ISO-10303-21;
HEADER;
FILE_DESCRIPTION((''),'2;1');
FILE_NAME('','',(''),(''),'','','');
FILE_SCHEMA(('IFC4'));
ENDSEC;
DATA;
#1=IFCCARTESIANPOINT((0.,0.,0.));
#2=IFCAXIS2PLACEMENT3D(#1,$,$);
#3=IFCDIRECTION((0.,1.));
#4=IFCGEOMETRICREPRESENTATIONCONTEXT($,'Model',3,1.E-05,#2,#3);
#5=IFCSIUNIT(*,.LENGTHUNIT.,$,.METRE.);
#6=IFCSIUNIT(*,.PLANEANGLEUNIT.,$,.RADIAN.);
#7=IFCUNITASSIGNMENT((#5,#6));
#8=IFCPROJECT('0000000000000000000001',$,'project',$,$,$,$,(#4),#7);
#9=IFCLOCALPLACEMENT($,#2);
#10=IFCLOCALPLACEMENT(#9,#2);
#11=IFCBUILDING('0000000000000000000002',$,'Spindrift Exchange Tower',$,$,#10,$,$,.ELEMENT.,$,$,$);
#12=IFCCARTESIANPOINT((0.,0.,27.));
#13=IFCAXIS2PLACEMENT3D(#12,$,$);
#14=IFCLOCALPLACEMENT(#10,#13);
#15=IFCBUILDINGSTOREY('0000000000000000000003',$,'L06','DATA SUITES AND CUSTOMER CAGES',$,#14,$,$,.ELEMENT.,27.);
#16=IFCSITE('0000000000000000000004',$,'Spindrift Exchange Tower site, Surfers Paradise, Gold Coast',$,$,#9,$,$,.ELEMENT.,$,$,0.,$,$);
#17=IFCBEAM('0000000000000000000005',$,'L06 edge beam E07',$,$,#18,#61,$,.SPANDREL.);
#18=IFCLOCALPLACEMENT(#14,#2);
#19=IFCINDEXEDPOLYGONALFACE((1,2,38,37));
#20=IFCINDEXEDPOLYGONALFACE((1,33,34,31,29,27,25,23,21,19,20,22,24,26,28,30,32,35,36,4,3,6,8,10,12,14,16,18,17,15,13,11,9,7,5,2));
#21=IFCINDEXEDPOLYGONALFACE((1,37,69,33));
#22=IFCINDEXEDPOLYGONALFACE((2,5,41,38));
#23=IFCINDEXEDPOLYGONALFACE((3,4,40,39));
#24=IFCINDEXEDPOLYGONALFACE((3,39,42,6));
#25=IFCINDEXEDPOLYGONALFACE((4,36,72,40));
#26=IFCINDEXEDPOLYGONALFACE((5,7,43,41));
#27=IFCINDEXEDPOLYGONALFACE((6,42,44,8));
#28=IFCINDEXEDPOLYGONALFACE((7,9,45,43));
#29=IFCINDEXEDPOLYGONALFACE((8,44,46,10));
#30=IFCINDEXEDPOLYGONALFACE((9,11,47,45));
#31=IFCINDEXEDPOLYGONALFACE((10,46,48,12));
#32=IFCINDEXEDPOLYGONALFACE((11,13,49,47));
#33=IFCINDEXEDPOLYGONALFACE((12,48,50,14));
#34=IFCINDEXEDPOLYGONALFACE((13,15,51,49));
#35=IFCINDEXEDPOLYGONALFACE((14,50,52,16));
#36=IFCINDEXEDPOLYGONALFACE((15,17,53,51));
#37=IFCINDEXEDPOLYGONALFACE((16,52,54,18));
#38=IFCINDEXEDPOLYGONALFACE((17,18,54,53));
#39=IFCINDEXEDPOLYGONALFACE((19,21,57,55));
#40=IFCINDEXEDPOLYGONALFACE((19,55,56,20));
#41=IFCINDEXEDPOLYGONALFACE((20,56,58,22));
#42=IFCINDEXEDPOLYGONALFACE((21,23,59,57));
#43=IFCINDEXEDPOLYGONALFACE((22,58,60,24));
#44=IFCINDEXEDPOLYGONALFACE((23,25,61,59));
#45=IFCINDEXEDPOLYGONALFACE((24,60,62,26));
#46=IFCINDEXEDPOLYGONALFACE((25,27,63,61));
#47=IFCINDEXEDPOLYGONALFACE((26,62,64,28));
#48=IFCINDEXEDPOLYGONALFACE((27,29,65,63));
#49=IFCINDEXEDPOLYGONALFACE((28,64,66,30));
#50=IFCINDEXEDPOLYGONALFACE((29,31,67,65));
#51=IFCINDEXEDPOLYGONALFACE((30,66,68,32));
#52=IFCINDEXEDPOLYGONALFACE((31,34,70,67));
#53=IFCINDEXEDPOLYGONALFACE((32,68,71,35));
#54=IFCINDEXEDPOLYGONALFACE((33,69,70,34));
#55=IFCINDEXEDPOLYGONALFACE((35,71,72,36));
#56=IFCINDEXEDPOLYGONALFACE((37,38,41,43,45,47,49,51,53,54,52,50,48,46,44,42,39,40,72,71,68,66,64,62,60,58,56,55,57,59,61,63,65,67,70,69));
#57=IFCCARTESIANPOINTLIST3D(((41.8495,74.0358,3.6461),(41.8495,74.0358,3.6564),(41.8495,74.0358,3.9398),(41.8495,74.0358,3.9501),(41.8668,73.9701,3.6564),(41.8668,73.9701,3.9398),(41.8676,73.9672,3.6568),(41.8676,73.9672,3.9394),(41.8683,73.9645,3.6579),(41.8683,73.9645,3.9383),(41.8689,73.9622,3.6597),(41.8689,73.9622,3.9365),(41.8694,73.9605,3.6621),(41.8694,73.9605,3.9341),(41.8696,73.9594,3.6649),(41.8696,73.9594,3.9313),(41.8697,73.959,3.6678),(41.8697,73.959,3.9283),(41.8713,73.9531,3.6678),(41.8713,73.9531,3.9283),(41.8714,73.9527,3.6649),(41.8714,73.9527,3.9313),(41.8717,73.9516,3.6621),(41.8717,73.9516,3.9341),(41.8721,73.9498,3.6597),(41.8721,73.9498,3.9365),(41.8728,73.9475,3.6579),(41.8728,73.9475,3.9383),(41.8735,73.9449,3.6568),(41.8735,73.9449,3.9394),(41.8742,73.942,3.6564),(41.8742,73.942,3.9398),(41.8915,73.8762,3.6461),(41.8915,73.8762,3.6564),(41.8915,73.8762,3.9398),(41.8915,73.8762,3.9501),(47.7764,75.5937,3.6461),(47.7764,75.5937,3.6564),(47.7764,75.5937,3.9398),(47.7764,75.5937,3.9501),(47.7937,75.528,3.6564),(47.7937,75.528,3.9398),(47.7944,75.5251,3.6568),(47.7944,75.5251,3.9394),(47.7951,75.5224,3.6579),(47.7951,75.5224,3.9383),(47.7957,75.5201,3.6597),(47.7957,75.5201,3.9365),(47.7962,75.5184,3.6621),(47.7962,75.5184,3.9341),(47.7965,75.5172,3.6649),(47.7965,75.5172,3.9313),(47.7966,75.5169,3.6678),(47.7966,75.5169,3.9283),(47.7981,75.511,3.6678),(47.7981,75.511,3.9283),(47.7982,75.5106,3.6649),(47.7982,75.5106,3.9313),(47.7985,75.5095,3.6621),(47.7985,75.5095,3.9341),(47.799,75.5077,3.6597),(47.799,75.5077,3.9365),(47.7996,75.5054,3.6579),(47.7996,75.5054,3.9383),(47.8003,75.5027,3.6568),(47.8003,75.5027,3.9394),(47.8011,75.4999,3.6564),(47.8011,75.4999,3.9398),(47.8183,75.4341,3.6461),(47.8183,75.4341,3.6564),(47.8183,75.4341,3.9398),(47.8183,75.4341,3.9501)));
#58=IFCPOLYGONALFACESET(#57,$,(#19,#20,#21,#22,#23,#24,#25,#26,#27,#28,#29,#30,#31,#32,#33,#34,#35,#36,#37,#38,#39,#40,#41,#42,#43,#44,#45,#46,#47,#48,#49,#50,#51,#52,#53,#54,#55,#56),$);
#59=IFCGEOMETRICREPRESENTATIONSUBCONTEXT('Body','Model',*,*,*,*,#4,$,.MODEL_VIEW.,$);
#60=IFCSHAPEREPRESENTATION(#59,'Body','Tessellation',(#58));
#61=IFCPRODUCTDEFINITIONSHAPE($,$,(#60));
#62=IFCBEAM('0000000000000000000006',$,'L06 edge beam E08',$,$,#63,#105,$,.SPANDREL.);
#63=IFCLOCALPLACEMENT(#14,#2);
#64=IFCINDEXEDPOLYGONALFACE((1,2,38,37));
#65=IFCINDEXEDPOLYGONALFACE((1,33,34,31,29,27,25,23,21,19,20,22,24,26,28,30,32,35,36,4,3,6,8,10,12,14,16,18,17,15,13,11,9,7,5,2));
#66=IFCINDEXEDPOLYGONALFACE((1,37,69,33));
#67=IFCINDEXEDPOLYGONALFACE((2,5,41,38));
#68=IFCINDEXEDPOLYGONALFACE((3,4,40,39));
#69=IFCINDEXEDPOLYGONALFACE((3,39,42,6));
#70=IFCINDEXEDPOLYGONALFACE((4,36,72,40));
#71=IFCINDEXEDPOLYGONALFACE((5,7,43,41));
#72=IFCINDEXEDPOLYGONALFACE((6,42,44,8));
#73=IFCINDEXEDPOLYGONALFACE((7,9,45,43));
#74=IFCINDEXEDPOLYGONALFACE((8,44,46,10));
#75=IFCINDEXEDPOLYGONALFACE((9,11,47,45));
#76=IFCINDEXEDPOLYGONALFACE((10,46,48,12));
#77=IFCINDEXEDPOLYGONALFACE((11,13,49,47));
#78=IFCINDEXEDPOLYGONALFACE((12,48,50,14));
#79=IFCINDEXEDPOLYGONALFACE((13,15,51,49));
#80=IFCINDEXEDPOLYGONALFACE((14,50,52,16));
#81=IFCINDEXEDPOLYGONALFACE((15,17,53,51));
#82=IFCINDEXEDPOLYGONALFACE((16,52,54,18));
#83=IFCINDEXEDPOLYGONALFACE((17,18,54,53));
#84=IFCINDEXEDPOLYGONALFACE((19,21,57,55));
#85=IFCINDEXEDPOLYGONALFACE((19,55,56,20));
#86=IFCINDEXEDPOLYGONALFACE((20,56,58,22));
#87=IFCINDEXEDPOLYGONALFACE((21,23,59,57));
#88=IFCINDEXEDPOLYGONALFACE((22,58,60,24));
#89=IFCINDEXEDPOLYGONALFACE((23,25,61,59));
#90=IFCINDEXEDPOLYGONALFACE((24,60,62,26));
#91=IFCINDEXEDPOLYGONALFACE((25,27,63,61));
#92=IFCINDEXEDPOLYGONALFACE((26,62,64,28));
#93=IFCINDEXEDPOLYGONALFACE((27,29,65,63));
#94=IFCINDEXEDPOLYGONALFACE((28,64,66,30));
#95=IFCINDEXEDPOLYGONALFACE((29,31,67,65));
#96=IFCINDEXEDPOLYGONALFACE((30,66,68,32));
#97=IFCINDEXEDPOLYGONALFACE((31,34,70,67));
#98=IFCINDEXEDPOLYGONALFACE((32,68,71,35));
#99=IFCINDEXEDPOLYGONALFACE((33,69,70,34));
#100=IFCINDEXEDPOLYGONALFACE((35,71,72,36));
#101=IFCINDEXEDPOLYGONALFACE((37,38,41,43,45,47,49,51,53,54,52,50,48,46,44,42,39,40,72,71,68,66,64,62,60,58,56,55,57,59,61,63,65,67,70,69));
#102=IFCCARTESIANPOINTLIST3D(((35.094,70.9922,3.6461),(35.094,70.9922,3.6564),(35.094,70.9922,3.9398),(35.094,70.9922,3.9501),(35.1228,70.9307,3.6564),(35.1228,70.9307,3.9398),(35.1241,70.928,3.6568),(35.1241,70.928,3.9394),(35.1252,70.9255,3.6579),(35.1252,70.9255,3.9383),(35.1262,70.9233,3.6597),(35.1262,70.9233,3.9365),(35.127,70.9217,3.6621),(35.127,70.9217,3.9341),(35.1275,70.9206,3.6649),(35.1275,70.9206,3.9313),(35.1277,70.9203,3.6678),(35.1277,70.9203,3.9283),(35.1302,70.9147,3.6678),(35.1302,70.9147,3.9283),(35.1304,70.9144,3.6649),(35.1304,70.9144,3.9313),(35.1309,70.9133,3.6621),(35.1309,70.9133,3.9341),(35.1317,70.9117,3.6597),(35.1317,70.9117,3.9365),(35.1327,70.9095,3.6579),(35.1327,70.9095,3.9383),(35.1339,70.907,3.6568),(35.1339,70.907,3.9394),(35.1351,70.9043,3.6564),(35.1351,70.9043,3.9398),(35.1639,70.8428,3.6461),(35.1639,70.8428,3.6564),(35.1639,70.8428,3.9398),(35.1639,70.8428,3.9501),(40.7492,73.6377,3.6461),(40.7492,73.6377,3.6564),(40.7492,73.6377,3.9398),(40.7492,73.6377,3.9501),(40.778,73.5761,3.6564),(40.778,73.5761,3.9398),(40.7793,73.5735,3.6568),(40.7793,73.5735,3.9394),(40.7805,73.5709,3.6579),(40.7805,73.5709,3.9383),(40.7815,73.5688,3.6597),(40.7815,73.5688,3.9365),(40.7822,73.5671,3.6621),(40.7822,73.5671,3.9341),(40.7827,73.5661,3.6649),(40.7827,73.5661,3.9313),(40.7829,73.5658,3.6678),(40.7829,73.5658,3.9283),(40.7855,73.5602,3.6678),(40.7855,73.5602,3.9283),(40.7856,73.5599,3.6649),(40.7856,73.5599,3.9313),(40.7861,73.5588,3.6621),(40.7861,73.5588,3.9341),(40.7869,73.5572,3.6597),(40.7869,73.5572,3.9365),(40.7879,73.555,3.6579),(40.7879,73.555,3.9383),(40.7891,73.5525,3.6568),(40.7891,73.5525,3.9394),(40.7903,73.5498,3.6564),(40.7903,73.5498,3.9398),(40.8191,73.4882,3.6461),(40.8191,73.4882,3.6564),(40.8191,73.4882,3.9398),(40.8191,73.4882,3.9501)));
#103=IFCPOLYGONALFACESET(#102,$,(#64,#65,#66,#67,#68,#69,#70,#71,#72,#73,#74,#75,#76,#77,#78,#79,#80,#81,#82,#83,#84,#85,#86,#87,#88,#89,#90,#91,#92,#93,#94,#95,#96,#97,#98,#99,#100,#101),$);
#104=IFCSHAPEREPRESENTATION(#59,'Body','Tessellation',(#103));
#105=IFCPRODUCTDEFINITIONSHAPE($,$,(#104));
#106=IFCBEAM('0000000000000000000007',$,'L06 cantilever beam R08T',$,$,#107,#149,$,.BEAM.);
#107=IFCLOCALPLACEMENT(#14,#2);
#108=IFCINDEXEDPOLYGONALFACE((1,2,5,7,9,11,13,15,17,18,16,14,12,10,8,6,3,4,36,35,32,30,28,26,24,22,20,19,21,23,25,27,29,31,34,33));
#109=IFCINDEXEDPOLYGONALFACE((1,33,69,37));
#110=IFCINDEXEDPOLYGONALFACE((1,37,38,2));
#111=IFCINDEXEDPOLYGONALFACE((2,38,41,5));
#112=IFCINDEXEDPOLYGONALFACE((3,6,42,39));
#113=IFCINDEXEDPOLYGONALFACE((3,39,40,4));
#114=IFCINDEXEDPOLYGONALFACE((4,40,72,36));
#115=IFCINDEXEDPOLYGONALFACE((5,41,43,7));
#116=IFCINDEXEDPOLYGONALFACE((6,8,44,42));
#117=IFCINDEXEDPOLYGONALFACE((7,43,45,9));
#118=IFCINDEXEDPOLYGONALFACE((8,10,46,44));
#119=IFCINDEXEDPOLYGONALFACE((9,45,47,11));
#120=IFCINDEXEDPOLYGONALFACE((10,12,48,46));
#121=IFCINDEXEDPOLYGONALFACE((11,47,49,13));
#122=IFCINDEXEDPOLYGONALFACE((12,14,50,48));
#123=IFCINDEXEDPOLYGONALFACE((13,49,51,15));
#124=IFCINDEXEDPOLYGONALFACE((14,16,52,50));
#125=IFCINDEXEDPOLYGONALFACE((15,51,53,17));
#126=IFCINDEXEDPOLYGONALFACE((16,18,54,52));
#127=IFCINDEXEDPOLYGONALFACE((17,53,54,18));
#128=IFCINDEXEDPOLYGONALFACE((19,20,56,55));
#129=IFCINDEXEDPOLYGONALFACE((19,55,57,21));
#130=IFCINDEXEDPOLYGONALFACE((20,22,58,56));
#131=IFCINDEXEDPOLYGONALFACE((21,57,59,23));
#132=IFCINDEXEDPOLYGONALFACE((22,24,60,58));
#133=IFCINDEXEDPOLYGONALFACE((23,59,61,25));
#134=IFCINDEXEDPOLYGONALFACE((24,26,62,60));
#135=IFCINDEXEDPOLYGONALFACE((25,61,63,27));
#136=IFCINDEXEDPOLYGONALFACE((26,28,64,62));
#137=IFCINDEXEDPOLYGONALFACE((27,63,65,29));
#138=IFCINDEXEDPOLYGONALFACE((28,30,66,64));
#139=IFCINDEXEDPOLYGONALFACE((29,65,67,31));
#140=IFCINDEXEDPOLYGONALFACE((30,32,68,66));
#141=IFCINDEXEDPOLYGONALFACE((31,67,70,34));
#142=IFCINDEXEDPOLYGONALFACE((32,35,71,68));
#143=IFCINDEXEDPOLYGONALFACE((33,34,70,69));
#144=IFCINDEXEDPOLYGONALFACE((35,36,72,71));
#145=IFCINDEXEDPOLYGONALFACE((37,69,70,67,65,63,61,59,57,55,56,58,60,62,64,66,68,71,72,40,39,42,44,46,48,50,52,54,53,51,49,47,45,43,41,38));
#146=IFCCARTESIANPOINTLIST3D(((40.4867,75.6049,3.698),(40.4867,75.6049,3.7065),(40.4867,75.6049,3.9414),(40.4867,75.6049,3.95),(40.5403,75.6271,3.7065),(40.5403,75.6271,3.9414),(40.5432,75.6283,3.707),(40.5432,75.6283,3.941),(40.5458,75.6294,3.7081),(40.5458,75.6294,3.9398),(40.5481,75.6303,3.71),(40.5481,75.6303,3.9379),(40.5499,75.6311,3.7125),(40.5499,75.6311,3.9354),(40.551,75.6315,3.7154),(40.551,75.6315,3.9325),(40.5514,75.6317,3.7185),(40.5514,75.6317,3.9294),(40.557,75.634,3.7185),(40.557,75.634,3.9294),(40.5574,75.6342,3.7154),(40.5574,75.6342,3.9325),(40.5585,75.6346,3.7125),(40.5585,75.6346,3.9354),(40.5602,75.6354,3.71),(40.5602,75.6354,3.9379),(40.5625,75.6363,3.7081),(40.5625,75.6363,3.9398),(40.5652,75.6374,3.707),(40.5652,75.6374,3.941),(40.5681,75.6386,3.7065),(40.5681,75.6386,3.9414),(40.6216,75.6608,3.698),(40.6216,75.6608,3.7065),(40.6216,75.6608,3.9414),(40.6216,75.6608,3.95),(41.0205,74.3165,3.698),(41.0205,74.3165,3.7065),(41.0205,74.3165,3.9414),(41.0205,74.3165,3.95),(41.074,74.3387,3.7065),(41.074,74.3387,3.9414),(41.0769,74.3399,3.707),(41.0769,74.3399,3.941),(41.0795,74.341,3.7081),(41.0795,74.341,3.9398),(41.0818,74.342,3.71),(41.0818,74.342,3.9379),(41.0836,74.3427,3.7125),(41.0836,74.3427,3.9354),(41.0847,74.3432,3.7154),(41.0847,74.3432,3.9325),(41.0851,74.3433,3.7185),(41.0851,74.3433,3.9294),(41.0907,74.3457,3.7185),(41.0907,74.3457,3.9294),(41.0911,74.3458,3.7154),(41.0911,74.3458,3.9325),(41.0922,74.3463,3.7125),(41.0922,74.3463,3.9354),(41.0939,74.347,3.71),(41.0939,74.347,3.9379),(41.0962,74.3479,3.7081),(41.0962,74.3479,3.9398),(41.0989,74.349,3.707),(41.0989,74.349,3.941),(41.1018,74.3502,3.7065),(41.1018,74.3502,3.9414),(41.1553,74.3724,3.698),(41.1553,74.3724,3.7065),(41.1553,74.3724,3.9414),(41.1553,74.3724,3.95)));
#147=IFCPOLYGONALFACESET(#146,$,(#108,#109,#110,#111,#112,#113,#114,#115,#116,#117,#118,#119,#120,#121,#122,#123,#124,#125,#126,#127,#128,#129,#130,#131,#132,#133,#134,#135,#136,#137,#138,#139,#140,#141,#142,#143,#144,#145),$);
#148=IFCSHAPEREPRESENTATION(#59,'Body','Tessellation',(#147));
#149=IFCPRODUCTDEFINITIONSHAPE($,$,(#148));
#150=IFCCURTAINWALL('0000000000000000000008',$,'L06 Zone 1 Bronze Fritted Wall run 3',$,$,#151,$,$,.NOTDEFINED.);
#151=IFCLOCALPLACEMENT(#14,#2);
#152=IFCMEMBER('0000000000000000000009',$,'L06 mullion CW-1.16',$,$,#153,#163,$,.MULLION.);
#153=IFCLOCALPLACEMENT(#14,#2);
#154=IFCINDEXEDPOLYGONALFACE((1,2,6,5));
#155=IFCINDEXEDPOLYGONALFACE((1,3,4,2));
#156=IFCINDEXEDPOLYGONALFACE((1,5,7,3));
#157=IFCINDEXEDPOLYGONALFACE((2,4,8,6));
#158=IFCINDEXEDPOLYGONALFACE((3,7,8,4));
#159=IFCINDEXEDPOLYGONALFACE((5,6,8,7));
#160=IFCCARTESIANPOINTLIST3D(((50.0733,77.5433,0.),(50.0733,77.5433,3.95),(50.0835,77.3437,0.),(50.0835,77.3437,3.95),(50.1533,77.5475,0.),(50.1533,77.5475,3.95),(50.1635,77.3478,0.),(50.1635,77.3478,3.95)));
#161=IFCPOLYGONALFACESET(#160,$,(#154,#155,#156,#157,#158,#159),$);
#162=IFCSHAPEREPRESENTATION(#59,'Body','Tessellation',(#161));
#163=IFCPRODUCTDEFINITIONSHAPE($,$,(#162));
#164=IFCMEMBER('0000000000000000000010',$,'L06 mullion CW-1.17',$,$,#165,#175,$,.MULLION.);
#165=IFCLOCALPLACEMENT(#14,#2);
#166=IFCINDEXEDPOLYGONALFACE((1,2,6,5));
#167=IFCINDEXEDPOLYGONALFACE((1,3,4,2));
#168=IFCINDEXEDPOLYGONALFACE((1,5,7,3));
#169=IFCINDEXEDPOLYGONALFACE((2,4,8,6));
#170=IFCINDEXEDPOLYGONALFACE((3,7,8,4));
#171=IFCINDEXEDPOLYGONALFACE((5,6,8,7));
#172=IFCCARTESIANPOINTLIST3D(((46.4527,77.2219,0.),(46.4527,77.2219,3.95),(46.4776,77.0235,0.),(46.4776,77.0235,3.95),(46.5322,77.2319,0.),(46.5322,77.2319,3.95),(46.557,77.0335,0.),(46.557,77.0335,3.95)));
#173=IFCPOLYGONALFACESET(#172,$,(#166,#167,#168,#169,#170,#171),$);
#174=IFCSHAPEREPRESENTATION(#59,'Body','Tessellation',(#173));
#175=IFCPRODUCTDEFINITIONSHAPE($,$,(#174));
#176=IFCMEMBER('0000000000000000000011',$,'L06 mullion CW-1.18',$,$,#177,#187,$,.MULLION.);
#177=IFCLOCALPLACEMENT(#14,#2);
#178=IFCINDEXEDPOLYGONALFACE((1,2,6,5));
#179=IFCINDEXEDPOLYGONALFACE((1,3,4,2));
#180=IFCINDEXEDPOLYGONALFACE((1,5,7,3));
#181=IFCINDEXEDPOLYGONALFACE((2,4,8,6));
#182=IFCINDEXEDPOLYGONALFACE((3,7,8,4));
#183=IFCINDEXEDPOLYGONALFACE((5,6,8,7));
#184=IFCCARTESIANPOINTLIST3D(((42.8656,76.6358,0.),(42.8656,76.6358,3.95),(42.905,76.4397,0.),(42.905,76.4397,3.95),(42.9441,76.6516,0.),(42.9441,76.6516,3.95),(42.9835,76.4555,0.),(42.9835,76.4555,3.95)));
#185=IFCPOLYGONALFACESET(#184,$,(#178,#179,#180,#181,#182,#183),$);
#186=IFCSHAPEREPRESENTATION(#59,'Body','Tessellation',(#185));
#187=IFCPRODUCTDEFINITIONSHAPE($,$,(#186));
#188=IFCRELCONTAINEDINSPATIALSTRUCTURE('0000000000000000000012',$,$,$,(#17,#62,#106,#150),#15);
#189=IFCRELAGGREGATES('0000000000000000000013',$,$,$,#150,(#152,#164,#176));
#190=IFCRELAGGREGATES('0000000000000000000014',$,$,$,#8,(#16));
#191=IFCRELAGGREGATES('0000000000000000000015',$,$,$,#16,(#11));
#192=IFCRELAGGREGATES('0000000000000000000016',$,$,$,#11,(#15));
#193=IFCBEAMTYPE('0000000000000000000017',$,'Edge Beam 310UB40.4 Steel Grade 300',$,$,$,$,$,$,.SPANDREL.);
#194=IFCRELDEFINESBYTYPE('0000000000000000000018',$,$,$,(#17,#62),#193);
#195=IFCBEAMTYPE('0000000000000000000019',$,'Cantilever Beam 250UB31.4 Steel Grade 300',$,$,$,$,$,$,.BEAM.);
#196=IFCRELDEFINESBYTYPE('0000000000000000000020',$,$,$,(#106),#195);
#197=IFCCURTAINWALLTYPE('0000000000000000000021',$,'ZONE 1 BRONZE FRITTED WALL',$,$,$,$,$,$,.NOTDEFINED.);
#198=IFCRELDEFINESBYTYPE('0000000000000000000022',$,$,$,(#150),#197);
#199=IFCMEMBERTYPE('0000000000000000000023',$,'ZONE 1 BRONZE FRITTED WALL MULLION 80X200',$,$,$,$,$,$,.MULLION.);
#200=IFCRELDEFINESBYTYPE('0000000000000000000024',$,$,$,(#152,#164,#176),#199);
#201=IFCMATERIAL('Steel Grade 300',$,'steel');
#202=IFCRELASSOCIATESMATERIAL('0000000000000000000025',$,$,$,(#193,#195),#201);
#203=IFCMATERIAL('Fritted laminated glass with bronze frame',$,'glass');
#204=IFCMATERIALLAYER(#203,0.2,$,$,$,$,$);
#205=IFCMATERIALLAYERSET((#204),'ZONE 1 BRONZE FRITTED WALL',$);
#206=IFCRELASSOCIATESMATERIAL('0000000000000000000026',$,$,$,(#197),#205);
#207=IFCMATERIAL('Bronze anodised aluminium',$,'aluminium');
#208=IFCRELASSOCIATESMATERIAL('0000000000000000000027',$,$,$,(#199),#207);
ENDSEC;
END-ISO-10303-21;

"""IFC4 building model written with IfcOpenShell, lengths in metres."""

from ifc_helpers import new_model, si_unit, direction, frame, origin, origin_2d, place, context, subcontext, project, spatial, rectangle, i_section, extrude, source, transform, mapped, material, layer, layer_set, material_profile, profile_set, type_object, element, aggregate, save


model = new_model("IFC4")

# Units and contexts
model_context = context("Model", 3, precision=1e-05, world=origin(), true_north=direction((0.0, 1.0)))
body_context = subcontext(model_context, "Body", "Model", "MODEL_VIEW")
ifc_project = project(units=[si_unit("LENGTHUNIT", "METRE"), si_unit("PLANEANGLEUNIT", "RADIAN")], contexts=[model_context])

# Site, building, storey
site_placement = place(None, origin())
site = spatial("IfcSite", under=ifc_project, at=site_placement, Name="Spindrift Exchange Tower site, Surfers Paradise, Gold Coast", CompositionType="ELEMENT", RefElevation=0.0)
building_placement = place(site_placement, origin())
building = spatial("IfcBuilding", under=site, at=building_placement, Name="Spindrift Exchange Tower", CompositionType="ELEMENT")
storey_placement = place(building_placement, frame((0.0, 0.0, 27.0)))
storey = spatial("IfcBuildingStorey", under=building, at=storey_placement, Name="L06", Description="DATA SUITES AND CUSTOMER CAGES", CompositionType="ELEMENT", Elevation=27.0)

# Beams
ifc_material_1 = material(Name="Steel Grade 300", Category="steel")
ifc_material_profile_1 = material_profile(ifc_material_1, i_section(OverallWidth=0.165, OverallDepth=0.304, WebThickness=0.0061, FlangeThickness=0.0103, FilletRadius=0.0115, at=origin_2d()), Name="310UB40.4")
ifc_profile_set_1 = profile_set([ifc_material_profile_1], Name="Steel Grade 300")
beam_type_1 = type_object("IfcBeamType", Name="Edge Beam 310UB40.4 Steel Grade 300", PredefinedType="SPANDREL", material=ifc_profile_set_1)
shared_shape_1 = source(origin(), body_context, "Body", "SweptSolid", [
    extrude(i_section(OverallWidth=0.165, OverallDepth=0.304, WebThickness=0.0061, FlangeThickness=0.0103, FilletRadius=0.0115, at=origin_2d()), origin(), (0.0, 0.0, 1.0), 6.1282),
])
beam_1_placement = place(storey_placement, frame((47.7974, 75.5139, 3.7981), z_axis=(-0.967147, -0.254217, 0.0), x_axis=(0.254217, -0.967147, 0.0)))
element("IfcBeam", 1, at=beam_1_placement, inside=storey, type_object=beam_type_1, Name="L06 edge beam E07", PredefinedType="SPANDREL", context=body_context, shape_type="MappedRepresentation", body=[
    mapped(shared_shape_1, transform((0.0, 0.0, 0.0), scale=1.0)),
])
shared_shape_2 = source(origin(), body_context, "Body", "SweptSolid", [
    extrude(i_section(OverallWidth=0.165, OverallDepth=0.304, WebThickness=0.0061, FlangeThickness=0.0103, FilletRadius=0.0115, at=origin_2d()), origin(), (0.0, 0.0, 1.0), 6.2434),
])
beam_2_placement = place(storey_placement, frame((40.7842, 73.563, 3.7981), z_axis=(-0.905791, -0.423724, 0.0), x_axis=(0.423724, -0.905791, 0.0)))
element("IfcBeam", 2, at=beam_2_placement, inside=storey, type_object=beam_type_1, Name="L06 edge beam E08", PredefinedType="SPANDREL", context=body_context, shape_type="MappedRepresentation", body=[
    mapped(shared_shape_2, transform((0.0, 0.0, 0.0), scale=1.0)),
])
ifc_material_profile_2 = material_profile(ifc_material_1, i_section(OverallWidth=0.146, OverallDepth=0.252, WebThickness=0.0061, FlangeThickness=0.0085, FilletRadius=0.012, at=origin_2d()), Name="250UB31.4")
ifc_profile_set_2 = profile_set([ifc_material_profile_2], Name="Steel Grade 300")
beam_type_2 = type_object("IfcBeamType", Name="Cantilever Beam 250UB31.4 Steel Grade 300", PredefinedType="BEAM", material=ifc_profile_set_2)
shared_shape_3 = source(origin(), body_context, "Body", "SweptSolid", [
    extrude(i_section(OverallWidth=0.146, OverallDepth=0.252, WebThickness=0.0061, FlangeThickness=0.0085, FilletRadius=0.012, at=origin_2d()), origin(), (0.0, 0.0, 1.0), 1.3945),
])
beam_3_placement = place(storey_placement, frame((41.0879, 74.3445, 3.824), z_axis=(-0.382713, 0.923867, 0.0), x_axis=(-0.923867, -0.382713, 0.0)))
element("IfcBeam", 3, at=beam_3_placement, inside=storey, type_object=beam_type_2, Name="L06 cantilever beam R08T", PredefinedType="BEAM", context=body_context, shape_type="MappedRepresentation", body=[
    mapped(shared_shape_3, transform((0.0, 0.0, 0.0), scale=1.0)),
])

# Curtain wall, members
ifc_material_2 = material(Name="Fritted laminated glass with bronze frame", Category="glass")
ifc_layer_1 = layer(ifc_material_2, 0.2)
ifc_layer_set_1 = layer_set([ifc_layer_1], Name="ZONE 1 BRONZE FRITTED WALL")
curtain_wall_type = type_object("IfcCurtainWallType", Name="ZONE 1 BRONZE FRITTED WALL", PredefinedType="NOTDEFINED", material=ifc_layer_set_1)
curtain_wall_1_placement = place(storey_placement, origin())
curtain_wall_1 = element("IfcCurtainWall", 4, at=curtain_wall_1_placement, inside=storey, type_object=curtain_wall_type, Name="L06 Zone 1 Bronze Fritted Wall run 3", PredefinedType="NOTDEFINED")
ifc_material_3 = material(Name="Bronze anodised aluminium", Category="aluminium")
ifc_material_profile_3 = material_profile(ifc_material_3, rectangle(XDim=0.0801, YDim=0.2, at=origin_2d()), Name="ZONE 1 BRONZE FRITTED WALL MULLION 80X200")
ifc_profile_set_3 = profile_set([ifc_material_profile_3], Name="Bronze anodised aluminium")
member_type_1 = type_object("IfcMemberType", Name="ZONE 1 BRONZE FRITTED WALL MULLION 80X200", PredefinedType="MULLION", material=ifc_profile_set_3)
shared_shape_4 = source(origin(), body_context, "Body", "SweptSolid", [
    extrude(rectangle(XDim=0.0801, YDim=0.2, at=origin_2d()), origin(), (0.0, 0.0, 1.0), 3.95),
])
member_1_placement = place(storey_placement, frame((50.1184, 77.4456, 0.0), z_axis=(0.0, 0.0, 1.0), x_axis=(-0.998684, -0.051283, 0.0)))
member_1 = element("IfcMember", 5, at=member_1_placement, type_object=member_type_1, Name="L06 mullion CW-1.16", PredefinedType="MULLION", context=body_context, shape_type="MappedRepresentation", body=[
    mapped(shared_shape_4, transform((0.0, 0.0, 0.0), scale=1.0)),
])
member_2_placement = place(storey_placement, frame((46.5049, 77.1277, 0.0), z_axis=(0.0, 0.0, 1.0), x_axis=(-0.992265, -0.12414, 0.0)))
member_2 = element("IfcMember", 6, at=member_2_placement, type_object=member_type_1, Name="L06 mullion CW-1.17", PredefinedType="MULLION", context=body_context, shape_type="MappedRepresentation", body=[
    mapped(shared_shape_4, transform((0.0, 0.0, 0.0), scale=1.0)),
])
member_3_placement = place(storey_placement, frame((42.9246, 76.5457, 0.0), z_axis=(0.0, 0.0, 1.0), x_axis=(-0.980334, -0.197347, 0.0)))
member_3 = element("IfcMember", 7, at=member_3_placement, type_object=member_type_1, Name="L06 mullion CW-1.18", PredefinedType="MULLION", context=body_context, shape_type="MappedRepresentation", body=[
    mapped(shared_shape_4, transform((0.0, 0.0, 0.0), scale=1.0)),
])

aggregate(curtain_wall_1, [member_1, member_2, member_3])

save(model, "model.ifc")
